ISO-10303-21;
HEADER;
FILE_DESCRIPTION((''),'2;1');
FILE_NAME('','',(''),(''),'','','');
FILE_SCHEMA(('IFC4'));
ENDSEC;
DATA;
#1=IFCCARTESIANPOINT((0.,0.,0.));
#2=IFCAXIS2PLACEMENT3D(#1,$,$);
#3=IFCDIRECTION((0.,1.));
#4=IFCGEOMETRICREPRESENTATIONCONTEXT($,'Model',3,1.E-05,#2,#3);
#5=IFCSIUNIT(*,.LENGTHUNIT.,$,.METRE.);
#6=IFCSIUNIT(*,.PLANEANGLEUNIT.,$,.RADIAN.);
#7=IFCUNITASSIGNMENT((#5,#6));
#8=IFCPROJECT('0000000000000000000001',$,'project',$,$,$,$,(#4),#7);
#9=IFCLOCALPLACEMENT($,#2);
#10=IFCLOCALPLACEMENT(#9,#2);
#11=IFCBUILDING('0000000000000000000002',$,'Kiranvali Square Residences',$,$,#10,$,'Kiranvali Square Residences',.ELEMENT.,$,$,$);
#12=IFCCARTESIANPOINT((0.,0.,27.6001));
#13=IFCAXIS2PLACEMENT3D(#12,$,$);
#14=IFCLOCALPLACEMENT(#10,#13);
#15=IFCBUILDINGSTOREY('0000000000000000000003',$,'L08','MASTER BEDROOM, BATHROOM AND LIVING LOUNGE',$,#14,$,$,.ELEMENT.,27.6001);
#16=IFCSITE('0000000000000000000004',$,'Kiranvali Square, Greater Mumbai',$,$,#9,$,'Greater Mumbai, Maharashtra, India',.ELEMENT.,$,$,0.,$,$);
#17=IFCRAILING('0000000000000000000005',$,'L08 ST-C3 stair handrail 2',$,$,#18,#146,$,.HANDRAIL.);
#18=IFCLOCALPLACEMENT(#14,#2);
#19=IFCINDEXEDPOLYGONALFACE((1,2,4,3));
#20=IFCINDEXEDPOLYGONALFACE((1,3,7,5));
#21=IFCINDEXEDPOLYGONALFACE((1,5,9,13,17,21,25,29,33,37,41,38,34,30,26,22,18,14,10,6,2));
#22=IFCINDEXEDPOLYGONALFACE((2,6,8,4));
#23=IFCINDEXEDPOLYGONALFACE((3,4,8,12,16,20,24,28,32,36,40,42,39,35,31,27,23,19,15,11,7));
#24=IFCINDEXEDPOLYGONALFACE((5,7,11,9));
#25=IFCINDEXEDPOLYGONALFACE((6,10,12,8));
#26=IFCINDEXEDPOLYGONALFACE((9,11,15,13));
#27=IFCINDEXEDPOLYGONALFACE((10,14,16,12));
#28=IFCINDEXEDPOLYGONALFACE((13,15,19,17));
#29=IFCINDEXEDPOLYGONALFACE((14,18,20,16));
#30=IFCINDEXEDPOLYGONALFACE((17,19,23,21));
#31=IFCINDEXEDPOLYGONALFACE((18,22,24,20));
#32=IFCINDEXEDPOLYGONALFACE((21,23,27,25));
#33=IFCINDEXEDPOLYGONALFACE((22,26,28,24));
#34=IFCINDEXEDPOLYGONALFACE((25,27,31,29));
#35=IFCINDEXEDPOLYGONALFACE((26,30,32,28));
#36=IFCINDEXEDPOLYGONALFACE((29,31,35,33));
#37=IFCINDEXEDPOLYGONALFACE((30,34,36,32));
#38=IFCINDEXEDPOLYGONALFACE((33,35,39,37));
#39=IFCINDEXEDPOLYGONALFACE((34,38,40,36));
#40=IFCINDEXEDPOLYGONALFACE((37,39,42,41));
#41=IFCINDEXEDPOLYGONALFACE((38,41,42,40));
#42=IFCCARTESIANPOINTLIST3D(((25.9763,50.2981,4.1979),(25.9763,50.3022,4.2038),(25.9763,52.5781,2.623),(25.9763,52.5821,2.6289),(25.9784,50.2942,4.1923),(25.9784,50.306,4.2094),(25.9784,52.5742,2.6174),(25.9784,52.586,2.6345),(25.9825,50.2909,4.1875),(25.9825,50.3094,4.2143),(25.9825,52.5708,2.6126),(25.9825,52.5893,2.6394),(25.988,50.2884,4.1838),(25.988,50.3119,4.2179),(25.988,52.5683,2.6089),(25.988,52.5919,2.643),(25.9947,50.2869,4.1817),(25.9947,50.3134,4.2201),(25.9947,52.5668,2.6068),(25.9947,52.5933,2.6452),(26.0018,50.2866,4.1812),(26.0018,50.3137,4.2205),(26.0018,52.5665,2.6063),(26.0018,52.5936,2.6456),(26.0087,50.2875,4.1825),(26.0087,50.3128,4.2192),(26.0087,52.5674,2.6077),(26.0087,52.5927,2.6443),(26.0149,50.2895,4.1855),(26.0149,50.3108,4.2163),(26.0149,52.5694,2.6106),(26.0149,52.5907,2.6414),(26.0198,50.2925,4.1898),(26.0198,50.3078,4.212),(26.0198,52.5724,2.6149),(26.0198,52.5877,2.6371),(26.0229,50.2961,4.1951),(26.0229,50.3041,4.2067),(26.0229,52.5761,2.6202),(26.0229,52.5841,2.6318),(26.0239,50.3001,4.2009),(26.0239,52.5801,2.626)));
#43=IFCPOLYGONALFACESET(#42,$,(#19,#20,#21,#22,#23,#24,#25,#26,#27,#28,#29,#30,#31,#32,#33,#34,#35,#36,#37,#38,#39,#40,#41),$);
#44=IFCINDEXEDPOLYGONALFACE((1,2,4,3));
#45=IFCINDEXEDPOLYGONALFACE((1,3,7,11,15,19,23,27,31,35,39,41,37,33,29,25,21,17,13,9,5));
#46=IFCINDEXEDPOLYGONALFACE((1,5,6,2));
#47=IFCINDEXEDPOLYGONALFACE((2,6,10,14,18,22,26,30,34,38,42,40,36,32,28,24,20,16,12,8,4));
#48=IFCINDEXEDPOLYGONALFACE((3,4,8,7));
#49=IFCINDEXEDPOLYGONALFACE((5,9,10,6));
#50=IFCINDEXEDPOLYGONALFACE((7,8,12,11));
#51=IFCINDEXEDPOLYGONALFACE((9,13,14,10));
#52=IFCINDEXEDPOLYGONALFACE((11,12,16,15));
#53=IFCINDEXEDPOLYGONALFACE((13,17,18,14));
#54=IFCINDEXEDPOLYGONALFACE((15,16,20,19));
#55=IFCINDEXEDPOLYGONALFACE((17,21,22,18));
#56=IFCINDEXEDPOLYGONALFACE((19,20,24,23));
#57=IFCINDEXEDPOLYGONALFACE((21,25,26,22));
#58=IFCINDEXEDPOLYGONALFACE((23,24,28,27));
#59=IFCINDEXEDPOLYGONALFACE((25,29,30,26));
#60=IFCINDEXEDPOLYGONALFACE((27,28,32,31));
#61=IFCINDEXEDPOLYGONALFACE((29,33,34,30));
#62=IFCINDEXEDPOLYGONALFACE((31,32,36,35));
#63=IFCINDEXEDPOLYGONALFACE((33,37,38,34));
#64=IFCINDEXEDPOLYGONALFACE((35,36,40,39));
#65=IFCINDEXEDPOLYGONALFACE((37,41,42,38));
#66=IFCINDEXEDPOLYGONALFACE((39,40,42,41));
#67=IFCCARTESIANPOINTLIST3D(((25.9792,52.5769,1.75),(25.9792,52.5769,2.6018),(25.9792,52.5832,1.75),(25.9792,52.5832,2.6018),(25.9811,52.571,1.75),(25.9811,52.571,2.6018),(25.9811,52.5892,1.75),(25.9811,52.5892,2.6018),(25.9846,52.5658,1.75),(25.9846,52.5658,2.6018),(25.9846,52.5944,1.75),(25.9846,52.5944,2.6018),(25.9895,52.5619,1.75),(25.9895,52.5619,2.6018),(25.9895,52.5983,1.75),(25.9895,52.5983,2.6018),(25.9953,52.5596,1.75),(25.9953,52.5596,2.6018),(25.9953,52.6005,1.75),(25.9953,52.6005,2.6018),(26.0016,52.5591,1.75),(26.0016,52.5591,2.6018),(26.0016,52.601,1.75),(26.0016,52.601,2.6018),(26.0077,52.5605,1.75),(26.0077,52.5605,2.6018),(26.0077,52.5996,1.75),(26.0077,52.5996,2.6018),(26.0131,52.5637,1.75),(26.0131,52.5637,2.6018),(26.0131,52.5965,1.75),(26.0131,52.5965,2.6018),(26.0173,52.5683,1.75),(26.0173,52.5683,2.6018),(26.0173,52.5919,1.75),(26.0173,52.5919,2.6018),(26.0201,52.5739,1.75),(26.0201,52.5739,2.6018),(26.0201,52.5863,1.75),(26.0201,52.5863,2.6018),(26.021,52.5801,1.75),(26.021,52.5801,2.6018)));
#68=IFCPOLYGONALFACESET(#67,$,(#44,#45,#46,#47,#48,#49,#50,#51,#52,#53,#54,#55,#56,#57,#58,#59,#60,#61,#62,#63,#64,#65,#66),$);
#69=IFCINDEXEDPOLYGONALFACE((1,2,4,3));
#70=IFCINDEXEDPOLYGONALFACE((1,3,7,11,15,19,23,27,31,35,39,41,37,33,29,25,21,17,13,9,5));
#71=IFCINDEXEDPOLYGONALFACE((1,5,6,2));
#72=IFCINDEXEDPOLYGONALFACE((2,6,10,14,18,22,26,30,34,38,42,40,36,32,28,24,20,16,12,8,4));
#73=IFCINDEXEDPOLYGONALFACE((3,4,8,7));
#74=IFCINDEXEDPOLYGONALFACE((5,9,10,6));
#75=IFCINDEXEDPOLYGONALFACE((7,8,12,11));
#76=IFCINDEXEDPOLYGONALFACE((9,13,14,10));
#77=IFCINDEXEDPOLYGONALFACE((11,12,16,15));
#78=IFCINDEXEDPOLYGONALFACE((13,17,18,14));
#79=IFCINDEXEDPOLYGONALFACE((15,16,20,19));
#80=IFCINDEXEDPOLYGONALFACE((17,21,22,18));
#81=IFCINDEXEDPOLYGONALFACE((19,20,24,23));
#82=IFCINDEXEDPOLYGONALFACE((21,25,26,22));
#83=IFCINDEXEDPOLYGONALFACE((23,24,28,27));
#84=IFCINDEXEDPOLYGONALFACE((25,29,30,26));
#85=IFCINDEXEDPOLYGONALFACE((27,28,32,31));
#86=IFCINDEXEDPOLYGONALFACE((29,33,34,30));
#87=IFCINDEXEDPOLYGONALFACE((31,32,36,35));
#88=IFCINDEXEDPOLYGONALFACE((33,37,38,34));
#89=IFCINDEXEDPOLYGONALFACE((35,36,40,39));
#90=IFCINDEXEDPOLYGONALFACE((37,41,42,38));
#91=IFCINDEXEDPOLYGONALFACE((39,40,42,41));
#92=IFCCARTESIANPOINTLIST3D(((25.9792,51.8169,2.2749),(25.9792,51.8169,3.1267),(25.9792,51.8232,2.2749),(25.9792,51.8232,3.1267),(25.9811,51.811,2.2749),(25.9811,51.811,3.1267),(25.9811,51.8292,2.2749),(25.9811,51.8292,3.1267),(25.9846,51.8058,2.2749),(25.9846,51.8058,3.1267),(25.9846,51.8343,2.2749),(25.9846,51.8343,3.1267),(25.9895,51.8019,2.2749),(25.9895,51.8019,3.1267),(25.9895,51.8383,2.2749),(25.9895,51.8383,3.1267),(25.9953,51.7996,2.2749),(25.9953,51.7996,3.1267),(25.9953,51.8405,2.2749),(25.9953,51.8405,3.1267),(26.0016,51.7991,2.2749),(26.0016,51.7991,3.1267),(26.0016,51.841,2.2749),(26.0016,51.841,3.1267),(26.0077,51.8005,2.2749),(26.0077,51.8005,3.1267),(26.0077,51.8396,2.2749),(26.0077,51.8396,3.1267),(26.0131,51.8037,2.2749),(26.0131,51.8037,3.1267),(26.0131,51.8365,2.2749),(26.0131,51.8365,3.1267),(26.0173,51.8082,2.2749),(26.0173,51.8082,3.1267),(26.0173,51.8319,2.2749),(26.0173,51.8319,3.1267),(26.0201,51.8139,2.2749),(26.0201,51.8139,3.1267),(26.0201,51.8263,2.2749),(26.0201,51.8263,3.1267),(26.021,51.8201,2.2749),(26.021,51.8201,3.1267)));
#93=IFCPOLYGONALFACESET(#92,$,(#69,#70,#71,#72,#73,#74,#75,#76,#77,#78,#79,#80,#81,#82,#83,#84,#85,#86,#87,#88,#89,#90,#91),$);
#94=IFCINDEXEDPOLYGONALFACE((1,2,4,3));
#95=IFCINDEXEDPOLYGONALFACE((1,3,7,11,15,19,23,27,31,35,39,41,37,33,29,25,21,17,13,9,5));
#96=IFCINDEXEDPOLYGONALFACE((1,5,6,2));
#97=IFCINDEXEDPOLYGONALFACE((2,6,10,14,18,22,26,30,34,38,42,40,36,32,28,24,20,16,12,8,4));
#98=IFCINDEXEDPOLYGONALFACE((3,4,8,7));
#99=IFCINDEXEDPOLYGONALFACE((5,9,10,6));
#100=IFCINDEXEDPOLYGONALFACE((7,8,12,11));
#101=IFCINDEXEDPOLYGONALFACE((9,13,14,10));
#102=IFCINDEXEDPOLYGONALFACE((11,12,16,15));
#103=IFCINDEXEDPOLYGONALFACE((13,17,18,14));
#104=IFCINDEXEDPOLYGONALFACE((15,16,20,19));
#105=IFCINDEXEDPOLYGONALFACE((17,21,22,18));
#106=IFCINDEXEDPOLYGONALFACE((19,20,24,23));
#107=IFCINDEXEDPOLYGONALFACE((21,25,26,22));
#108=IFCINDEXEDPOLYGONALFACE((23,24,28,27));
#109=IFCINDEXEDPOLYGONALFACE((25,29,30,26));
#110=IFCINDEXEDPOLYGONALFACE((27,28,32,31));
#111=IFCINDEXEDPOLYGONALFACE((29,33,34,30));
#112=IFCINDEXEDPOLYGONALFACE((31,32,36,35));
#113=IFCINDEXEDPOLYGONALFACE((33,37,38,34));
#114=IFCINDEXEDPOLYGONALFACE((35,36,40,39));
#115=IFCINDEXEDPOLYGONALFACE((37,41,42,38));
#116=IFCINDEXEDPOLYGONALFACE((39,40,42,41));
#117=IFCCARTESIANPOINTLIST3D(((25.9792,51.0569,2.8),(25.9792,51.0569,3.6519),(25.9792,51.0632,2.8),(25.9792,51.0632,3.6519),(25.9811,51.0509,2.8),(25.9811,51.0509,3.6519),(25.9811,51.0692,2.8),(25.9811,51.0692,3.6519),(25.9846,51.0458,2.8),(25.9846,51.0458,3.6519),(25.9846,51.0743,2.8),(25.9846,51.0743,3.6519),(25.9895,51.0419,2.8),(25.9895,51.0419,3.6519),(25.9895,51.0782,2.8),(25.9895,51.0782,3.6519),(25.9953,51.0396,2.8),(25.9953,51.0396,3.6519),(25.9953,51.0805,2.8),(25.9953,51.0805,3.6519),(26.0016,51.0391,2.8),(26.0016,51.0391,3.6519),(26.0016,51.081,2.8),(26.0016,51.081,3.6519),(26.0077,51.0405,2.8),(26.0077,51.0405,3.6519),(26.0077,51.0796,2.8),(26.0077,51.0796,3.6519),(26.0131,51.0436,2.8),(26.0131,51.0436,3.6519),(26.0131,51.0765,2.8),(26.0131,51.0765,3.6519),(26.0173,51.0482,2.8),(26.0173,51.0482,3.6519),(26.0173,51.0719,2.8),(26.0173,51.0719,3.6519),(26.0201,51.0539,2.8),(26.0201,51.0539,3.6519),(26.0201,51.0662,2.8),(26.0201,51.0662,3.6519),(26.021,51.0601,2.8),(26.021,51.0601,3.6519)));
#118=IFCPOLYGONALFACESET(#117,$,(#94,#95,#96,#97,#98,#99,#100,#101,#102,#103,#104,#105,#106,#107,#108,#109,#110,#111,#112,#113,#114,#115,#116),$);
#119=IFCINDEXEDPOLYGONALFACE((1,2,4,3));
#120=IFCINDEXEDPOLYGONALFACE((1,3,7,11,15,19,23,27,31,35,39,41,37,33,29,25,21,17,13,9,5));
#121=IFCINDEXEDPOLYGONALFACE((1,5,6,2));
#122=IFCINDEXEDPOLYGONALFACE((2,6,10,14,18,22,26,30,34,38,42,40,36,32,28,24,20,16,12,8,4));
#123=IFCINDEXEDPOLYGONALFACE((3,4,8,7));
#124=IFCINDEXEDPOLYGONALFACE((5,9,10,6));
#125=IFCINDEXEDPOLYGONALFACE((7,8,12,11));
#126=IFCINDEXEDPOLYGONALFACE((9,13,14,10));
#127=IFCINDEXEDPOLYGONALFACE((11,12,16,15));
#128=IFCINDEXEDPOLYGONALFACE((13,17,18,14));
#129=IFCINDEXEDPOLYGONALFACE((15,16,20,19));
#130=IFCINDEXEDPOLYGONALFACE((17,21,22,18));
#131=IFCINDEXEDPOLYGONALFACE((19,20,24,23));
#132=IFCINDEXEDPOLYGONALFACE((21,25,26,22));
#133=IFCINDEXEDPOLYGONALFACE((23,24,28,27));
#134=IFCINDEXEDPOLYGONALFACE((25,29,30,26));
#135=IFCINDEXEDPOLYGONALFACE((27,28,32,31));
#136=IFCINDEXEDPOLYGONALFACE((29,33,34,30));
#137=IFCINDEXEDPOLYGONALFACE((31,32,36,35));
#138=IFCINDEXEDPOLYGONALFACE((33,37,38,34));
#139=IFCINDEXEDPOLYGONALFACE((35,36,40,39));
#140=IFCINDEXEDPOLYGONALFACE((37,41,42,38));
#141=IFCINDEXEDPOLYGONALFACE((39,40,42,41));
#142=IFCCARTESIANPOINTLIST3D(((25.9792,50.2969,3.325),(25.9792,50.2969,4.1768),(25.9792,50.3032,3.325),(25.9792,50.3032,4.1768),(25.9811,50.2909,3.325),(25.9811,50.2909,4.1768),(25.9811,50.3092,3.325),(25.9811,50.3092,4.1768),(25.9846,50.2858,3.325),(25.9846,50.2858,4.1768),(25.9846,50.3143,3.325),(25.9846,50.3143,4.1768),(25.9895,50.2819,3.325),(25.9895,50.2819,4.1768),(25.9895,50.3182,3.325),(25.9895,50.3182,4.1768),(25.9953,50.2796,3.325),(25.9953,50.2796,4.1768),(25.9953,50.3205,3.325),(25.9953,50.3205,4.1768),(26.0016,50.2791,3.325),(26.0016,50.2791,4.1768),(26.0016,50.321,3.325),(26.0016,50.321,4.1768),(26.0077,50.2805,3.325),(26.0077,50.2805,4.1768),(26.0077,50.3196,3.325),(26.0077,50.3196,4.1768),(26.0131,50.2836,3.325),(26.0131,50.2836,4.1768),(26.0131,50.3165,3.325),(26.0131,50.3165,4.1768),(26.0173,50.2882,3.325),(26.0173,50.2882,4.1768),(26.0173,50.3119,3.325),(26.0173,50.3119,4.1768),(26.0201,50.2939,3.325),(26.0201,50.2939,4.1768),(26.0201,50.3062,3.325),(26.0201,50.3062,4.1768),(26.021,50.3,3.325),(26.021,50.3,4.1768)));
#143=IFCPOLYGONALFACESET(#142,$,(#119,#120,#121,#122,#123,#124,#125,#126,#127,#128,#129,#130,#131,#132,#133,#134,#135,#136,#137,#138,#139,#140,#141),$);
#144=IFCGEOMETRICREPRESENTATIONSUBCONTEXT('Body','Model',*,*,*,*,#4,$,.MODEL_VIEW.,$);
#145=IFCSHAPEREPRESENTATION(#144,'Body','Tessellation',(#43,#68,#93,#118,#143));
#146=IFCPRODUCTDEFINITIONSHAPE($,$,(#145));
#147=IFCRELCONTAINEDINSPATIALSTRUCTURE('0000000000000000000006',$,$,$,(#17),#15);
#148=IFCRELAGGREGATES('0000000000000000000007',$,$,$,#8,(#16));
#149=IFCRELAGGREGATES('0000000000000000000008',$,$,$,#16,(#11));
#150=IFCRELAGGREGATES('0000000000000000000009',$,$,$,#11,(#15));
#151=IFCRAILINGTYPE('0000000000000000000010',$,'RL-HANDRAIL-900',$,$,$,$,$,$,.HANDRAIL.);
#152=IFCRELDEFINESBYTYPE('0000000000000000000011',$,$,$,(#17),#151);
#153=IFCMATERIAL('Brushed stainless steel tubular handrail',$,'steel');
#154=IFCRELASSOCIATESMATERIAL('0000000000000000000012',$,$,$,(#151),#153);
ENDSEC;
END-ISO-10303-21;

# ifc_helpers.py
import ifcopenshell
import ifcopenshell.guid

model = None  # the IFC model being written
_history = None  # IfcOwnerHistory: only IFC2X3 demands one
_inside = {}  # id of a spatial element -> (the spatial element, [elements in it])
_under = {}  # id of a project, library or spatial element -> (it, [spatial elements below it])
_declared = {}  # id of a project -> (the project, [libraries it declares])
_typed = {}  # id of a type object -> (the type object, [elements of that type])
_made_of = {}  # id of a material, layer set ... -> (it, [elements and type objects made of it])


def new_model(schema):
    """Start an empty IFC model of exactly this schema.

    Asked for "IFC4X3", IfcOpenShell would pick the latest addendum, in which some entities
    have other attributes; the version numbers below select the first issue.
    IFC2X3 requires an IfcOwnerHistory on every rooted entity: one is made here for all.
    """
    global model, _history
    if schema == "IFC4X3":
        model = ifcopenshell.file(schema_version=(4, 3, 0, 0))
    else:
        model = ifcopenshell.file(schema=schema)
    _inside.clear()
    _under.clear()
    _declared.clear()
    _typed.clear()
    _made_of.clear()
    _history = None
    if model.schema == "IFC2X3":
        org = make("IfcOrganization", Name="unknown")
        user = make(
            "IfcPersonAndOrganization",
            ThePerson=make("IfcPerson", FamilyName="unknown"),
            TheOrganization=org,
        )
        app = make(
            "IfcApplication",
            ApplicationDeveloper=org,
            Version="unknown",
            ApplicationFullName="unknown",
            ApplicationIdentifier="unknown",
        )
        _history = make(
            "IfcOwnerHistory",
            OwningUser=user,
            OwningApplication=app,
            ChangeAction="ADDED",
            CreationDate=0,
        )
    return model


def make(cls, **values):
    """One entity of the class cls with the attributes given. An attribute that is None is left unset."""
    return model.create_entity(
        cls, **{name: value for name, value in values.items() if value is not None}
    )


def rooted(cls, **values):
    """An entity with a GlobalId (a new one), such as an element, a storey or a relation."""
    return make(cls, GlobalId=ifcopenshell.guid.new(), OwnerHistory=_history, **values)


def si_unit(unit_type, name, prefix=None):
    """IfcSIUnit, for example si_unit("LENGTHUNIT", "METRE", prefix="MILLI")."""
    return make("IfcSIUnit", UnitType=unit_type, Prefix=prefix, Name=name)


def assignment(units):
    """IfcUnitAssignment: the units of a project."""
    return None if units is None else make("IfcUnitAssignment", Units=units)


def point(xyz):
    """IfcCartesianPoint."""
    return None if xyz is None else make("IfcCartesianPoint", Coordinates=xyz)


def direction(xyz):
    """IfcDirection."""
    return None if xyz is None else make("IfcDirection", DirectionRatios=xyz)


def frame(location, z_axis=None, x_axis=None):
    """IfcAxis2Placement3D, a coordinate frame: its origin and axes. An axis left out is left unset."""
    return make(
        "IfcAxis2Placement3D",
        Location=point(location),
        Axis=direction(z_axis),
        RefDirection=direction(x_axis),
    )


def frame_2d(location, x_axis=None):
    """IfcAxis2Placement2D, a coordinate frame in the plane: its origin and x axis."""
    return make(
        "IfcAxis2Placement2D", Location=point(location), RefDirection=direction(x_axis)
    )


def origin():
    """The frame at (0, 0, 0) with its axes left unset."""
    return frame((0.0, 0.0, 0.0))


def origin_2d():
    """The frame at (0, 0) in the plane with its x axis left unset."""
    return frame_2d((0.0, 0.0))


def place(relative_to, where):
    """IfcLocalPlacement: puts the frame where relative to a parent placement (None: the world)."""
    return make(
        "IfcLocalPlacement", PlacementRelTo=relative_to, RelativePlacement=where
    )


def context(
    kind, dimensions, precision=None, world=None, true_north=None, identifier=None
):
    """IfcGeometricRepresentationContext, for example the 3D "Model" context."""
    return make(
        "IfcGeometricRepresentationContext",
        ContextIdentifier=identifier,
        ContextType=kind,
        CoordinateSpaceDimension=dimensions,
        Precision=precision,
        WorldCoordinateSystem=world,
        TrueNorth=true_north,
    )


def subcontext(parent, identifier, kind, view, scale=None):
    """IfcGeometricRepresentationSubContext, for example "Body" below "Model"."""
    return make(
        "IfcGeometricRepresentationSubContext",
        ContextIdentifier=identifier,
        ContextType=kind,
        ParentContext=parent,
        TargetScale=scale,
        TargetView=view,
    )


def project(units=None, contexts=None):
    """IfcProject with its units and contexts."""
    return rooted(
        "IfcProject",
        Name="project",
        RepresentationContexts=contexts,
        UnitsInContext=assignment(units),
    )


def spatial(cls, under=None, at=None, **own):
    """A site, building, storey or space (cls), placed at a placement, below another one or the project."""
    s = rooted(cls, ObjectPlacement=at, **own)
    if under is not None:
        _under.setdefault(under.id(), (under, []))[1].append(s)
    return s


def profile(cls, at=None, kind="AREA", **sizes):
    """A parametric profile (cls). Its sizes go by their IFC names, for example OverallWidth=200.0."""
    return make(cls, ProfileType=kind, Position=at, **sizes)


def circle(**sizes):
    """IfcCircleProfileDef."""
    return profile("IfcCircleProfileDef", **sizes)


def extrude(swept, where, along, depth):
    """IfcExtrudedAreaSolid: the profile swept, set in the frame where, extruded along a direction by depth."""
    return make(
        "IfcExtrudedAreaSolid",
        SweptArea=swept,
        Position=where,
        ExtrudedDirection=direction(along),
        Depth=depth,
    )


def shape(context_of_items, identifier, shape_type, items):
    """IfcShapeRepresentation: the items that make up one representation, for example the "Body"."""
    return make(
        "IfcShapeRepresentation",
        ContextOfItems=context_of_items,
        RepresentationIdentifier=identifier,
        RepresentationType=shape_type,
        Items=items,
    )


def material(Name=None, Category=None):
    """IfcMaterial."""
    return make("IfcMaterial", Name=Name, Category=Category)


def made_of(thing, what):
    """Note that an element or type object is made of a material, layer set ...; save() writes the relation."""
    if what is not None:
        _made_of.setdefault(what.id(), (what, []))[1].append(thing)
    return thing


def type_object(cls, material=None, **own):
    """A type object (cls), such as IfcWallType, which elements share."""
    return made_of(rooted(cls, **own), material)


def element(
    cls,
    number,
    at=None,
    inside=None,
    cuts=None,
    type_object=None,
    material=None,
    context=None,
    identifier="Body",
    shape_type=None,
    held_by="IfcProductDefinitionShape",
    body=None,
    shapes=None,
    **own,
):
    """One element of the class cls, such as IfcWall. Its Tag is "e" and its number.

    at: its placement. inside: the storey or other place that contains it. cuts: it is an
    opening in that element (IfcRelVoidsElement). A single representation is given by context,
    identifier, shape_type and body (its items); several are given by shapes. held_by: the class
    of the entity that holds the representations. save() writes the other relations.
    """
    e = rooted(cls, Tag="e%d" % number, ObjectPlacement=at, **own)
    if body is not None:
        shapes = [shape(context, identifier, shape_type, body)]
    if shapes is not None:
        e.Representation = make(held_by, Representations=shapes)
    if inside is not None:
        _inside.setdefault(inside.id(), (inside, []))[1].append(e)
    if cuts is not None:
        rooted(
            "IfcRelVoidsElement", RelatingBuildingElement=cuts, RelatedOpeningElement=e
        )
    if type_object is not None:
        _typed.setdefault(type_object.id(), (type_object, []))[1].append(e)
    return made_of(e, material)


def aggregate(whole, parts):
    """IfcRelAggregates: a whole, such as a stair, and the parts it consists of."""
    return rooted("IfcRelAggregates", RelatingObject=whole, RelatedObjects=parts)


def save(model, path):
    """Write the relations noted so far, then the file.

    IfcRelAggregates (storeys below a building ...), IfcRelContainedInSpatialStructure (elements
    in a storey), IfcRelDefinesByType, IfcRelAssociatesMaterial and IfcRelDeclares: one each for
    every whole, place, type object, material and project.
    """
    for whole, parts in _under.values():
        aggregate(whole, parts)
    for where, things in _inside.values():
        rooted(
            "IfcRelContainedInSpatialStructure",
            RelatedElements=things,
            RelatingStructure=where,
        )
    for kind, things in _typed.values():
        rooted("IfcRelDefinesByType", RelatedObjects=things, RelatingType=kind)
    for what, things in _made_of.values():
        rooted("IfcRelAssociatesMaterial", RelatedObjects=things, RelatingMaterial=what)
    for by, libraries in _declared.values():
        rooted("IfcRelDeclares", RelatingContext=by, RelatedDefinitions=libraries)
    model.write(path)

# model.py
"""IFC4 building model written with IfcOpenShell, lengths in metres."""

from ifc_helpers import new_model, si_unit, direction, frame, origin, origin_2d, place, context, subcontext, project, spatial, circle, extrude, material, type_object, element, save


model = new_model("IFC4")

# Units and contexts
model_context = context("Model", 3, precision=1e-05, world=origin(), true_north=direction((0.0, 1.0)))
body_context = subcontext(model_context, "Body", "Model", "MODEL_VIEW")
ifc_project = project(units=[si_unit("LENGTHUNIT", "METRE"), si_unit("PLANEANGLEUNIT", "RADIAN")], contexts=[model_context])

# Site, building, storey
site_placement = place(None, origin())
site = spatial("IfcSite", under=ifc_project, at=site_placement, Name="Kiranvali Square, Greater Mumbai", LongName="Greater Mumbai, Maharashtra, India", CompositionType="ELEMENT", RefElevation=0.0)
building_placement = place(site_placement, origin())
building = spatial("IfcBuilding", under=site, at=building_placement, Name="Kiranvali Square Residences", LongName="Kiranvali Square Residences", CompositionType="ELEMENT")
storey_placement = place(building_placement, frame((0.0, 0.0, 27.6001)))
storey = spatial("IfcBuildingStorey", under=building, at=storey_placement, Name="L08", Description="MASTER BEDROOM, BATHROOM AND LIVING LOUNGE", CompositionType="ELEMENT", Elevation=27.6001)

# Railing
ifc_material_1 = material(Name="Brushed stainless steel tubular handrail", Category="steel")
railing_type_1 = type_object("IfcRailingType", Name="RL-HANDRAIL-900", PredefinedType="HANDRAIL", material=ifc_material_1)
railing_1_placement = place(storey_placement, frame((26.0, 52.5801, 1.75)))
element("IfcRailing", 1, at=railing_1_placement, inside=storey, type_object=railing_type_1, Name="L08 ST-C3 stair handrail 2", PredefinedType="HANDRAIL", context=body_context, shape_type="SweptSolid", body=[
    extrude(circle(Radius=0.0239, at=origin_2d()), frame((0.0, 0.0, 0.876), z_axis=(0.0, -0.822788, 0.568348), x_axis=(1.0, 0.0, 0.0)), (0.0, 0.0, 1.0), 2.771),
    extrude(circle(Radius=0.021, at=origin_2d()), origin(), (0.0, 0.0, 1.0), 0.8518),
    extrude(circle(Radius=0.021, at=origin_2d()), frame((0.0, -0.76, 0.5249)), (0.0, 0.0, 1.0), 0.8518),
    extrude(circle(Radius=0.021, at=origin_2d()), frame((0.0, -1.52, 1.05)), (0.0, 0.0, 1.0), 0.8518),
    extrude(circle(Radius=0.021, at=origin_2d()), frame((0.0, -2.28, 1.575)), (0.0, 0.0, 1.0), 0.8518),
])

save(model, "model.ifc")
